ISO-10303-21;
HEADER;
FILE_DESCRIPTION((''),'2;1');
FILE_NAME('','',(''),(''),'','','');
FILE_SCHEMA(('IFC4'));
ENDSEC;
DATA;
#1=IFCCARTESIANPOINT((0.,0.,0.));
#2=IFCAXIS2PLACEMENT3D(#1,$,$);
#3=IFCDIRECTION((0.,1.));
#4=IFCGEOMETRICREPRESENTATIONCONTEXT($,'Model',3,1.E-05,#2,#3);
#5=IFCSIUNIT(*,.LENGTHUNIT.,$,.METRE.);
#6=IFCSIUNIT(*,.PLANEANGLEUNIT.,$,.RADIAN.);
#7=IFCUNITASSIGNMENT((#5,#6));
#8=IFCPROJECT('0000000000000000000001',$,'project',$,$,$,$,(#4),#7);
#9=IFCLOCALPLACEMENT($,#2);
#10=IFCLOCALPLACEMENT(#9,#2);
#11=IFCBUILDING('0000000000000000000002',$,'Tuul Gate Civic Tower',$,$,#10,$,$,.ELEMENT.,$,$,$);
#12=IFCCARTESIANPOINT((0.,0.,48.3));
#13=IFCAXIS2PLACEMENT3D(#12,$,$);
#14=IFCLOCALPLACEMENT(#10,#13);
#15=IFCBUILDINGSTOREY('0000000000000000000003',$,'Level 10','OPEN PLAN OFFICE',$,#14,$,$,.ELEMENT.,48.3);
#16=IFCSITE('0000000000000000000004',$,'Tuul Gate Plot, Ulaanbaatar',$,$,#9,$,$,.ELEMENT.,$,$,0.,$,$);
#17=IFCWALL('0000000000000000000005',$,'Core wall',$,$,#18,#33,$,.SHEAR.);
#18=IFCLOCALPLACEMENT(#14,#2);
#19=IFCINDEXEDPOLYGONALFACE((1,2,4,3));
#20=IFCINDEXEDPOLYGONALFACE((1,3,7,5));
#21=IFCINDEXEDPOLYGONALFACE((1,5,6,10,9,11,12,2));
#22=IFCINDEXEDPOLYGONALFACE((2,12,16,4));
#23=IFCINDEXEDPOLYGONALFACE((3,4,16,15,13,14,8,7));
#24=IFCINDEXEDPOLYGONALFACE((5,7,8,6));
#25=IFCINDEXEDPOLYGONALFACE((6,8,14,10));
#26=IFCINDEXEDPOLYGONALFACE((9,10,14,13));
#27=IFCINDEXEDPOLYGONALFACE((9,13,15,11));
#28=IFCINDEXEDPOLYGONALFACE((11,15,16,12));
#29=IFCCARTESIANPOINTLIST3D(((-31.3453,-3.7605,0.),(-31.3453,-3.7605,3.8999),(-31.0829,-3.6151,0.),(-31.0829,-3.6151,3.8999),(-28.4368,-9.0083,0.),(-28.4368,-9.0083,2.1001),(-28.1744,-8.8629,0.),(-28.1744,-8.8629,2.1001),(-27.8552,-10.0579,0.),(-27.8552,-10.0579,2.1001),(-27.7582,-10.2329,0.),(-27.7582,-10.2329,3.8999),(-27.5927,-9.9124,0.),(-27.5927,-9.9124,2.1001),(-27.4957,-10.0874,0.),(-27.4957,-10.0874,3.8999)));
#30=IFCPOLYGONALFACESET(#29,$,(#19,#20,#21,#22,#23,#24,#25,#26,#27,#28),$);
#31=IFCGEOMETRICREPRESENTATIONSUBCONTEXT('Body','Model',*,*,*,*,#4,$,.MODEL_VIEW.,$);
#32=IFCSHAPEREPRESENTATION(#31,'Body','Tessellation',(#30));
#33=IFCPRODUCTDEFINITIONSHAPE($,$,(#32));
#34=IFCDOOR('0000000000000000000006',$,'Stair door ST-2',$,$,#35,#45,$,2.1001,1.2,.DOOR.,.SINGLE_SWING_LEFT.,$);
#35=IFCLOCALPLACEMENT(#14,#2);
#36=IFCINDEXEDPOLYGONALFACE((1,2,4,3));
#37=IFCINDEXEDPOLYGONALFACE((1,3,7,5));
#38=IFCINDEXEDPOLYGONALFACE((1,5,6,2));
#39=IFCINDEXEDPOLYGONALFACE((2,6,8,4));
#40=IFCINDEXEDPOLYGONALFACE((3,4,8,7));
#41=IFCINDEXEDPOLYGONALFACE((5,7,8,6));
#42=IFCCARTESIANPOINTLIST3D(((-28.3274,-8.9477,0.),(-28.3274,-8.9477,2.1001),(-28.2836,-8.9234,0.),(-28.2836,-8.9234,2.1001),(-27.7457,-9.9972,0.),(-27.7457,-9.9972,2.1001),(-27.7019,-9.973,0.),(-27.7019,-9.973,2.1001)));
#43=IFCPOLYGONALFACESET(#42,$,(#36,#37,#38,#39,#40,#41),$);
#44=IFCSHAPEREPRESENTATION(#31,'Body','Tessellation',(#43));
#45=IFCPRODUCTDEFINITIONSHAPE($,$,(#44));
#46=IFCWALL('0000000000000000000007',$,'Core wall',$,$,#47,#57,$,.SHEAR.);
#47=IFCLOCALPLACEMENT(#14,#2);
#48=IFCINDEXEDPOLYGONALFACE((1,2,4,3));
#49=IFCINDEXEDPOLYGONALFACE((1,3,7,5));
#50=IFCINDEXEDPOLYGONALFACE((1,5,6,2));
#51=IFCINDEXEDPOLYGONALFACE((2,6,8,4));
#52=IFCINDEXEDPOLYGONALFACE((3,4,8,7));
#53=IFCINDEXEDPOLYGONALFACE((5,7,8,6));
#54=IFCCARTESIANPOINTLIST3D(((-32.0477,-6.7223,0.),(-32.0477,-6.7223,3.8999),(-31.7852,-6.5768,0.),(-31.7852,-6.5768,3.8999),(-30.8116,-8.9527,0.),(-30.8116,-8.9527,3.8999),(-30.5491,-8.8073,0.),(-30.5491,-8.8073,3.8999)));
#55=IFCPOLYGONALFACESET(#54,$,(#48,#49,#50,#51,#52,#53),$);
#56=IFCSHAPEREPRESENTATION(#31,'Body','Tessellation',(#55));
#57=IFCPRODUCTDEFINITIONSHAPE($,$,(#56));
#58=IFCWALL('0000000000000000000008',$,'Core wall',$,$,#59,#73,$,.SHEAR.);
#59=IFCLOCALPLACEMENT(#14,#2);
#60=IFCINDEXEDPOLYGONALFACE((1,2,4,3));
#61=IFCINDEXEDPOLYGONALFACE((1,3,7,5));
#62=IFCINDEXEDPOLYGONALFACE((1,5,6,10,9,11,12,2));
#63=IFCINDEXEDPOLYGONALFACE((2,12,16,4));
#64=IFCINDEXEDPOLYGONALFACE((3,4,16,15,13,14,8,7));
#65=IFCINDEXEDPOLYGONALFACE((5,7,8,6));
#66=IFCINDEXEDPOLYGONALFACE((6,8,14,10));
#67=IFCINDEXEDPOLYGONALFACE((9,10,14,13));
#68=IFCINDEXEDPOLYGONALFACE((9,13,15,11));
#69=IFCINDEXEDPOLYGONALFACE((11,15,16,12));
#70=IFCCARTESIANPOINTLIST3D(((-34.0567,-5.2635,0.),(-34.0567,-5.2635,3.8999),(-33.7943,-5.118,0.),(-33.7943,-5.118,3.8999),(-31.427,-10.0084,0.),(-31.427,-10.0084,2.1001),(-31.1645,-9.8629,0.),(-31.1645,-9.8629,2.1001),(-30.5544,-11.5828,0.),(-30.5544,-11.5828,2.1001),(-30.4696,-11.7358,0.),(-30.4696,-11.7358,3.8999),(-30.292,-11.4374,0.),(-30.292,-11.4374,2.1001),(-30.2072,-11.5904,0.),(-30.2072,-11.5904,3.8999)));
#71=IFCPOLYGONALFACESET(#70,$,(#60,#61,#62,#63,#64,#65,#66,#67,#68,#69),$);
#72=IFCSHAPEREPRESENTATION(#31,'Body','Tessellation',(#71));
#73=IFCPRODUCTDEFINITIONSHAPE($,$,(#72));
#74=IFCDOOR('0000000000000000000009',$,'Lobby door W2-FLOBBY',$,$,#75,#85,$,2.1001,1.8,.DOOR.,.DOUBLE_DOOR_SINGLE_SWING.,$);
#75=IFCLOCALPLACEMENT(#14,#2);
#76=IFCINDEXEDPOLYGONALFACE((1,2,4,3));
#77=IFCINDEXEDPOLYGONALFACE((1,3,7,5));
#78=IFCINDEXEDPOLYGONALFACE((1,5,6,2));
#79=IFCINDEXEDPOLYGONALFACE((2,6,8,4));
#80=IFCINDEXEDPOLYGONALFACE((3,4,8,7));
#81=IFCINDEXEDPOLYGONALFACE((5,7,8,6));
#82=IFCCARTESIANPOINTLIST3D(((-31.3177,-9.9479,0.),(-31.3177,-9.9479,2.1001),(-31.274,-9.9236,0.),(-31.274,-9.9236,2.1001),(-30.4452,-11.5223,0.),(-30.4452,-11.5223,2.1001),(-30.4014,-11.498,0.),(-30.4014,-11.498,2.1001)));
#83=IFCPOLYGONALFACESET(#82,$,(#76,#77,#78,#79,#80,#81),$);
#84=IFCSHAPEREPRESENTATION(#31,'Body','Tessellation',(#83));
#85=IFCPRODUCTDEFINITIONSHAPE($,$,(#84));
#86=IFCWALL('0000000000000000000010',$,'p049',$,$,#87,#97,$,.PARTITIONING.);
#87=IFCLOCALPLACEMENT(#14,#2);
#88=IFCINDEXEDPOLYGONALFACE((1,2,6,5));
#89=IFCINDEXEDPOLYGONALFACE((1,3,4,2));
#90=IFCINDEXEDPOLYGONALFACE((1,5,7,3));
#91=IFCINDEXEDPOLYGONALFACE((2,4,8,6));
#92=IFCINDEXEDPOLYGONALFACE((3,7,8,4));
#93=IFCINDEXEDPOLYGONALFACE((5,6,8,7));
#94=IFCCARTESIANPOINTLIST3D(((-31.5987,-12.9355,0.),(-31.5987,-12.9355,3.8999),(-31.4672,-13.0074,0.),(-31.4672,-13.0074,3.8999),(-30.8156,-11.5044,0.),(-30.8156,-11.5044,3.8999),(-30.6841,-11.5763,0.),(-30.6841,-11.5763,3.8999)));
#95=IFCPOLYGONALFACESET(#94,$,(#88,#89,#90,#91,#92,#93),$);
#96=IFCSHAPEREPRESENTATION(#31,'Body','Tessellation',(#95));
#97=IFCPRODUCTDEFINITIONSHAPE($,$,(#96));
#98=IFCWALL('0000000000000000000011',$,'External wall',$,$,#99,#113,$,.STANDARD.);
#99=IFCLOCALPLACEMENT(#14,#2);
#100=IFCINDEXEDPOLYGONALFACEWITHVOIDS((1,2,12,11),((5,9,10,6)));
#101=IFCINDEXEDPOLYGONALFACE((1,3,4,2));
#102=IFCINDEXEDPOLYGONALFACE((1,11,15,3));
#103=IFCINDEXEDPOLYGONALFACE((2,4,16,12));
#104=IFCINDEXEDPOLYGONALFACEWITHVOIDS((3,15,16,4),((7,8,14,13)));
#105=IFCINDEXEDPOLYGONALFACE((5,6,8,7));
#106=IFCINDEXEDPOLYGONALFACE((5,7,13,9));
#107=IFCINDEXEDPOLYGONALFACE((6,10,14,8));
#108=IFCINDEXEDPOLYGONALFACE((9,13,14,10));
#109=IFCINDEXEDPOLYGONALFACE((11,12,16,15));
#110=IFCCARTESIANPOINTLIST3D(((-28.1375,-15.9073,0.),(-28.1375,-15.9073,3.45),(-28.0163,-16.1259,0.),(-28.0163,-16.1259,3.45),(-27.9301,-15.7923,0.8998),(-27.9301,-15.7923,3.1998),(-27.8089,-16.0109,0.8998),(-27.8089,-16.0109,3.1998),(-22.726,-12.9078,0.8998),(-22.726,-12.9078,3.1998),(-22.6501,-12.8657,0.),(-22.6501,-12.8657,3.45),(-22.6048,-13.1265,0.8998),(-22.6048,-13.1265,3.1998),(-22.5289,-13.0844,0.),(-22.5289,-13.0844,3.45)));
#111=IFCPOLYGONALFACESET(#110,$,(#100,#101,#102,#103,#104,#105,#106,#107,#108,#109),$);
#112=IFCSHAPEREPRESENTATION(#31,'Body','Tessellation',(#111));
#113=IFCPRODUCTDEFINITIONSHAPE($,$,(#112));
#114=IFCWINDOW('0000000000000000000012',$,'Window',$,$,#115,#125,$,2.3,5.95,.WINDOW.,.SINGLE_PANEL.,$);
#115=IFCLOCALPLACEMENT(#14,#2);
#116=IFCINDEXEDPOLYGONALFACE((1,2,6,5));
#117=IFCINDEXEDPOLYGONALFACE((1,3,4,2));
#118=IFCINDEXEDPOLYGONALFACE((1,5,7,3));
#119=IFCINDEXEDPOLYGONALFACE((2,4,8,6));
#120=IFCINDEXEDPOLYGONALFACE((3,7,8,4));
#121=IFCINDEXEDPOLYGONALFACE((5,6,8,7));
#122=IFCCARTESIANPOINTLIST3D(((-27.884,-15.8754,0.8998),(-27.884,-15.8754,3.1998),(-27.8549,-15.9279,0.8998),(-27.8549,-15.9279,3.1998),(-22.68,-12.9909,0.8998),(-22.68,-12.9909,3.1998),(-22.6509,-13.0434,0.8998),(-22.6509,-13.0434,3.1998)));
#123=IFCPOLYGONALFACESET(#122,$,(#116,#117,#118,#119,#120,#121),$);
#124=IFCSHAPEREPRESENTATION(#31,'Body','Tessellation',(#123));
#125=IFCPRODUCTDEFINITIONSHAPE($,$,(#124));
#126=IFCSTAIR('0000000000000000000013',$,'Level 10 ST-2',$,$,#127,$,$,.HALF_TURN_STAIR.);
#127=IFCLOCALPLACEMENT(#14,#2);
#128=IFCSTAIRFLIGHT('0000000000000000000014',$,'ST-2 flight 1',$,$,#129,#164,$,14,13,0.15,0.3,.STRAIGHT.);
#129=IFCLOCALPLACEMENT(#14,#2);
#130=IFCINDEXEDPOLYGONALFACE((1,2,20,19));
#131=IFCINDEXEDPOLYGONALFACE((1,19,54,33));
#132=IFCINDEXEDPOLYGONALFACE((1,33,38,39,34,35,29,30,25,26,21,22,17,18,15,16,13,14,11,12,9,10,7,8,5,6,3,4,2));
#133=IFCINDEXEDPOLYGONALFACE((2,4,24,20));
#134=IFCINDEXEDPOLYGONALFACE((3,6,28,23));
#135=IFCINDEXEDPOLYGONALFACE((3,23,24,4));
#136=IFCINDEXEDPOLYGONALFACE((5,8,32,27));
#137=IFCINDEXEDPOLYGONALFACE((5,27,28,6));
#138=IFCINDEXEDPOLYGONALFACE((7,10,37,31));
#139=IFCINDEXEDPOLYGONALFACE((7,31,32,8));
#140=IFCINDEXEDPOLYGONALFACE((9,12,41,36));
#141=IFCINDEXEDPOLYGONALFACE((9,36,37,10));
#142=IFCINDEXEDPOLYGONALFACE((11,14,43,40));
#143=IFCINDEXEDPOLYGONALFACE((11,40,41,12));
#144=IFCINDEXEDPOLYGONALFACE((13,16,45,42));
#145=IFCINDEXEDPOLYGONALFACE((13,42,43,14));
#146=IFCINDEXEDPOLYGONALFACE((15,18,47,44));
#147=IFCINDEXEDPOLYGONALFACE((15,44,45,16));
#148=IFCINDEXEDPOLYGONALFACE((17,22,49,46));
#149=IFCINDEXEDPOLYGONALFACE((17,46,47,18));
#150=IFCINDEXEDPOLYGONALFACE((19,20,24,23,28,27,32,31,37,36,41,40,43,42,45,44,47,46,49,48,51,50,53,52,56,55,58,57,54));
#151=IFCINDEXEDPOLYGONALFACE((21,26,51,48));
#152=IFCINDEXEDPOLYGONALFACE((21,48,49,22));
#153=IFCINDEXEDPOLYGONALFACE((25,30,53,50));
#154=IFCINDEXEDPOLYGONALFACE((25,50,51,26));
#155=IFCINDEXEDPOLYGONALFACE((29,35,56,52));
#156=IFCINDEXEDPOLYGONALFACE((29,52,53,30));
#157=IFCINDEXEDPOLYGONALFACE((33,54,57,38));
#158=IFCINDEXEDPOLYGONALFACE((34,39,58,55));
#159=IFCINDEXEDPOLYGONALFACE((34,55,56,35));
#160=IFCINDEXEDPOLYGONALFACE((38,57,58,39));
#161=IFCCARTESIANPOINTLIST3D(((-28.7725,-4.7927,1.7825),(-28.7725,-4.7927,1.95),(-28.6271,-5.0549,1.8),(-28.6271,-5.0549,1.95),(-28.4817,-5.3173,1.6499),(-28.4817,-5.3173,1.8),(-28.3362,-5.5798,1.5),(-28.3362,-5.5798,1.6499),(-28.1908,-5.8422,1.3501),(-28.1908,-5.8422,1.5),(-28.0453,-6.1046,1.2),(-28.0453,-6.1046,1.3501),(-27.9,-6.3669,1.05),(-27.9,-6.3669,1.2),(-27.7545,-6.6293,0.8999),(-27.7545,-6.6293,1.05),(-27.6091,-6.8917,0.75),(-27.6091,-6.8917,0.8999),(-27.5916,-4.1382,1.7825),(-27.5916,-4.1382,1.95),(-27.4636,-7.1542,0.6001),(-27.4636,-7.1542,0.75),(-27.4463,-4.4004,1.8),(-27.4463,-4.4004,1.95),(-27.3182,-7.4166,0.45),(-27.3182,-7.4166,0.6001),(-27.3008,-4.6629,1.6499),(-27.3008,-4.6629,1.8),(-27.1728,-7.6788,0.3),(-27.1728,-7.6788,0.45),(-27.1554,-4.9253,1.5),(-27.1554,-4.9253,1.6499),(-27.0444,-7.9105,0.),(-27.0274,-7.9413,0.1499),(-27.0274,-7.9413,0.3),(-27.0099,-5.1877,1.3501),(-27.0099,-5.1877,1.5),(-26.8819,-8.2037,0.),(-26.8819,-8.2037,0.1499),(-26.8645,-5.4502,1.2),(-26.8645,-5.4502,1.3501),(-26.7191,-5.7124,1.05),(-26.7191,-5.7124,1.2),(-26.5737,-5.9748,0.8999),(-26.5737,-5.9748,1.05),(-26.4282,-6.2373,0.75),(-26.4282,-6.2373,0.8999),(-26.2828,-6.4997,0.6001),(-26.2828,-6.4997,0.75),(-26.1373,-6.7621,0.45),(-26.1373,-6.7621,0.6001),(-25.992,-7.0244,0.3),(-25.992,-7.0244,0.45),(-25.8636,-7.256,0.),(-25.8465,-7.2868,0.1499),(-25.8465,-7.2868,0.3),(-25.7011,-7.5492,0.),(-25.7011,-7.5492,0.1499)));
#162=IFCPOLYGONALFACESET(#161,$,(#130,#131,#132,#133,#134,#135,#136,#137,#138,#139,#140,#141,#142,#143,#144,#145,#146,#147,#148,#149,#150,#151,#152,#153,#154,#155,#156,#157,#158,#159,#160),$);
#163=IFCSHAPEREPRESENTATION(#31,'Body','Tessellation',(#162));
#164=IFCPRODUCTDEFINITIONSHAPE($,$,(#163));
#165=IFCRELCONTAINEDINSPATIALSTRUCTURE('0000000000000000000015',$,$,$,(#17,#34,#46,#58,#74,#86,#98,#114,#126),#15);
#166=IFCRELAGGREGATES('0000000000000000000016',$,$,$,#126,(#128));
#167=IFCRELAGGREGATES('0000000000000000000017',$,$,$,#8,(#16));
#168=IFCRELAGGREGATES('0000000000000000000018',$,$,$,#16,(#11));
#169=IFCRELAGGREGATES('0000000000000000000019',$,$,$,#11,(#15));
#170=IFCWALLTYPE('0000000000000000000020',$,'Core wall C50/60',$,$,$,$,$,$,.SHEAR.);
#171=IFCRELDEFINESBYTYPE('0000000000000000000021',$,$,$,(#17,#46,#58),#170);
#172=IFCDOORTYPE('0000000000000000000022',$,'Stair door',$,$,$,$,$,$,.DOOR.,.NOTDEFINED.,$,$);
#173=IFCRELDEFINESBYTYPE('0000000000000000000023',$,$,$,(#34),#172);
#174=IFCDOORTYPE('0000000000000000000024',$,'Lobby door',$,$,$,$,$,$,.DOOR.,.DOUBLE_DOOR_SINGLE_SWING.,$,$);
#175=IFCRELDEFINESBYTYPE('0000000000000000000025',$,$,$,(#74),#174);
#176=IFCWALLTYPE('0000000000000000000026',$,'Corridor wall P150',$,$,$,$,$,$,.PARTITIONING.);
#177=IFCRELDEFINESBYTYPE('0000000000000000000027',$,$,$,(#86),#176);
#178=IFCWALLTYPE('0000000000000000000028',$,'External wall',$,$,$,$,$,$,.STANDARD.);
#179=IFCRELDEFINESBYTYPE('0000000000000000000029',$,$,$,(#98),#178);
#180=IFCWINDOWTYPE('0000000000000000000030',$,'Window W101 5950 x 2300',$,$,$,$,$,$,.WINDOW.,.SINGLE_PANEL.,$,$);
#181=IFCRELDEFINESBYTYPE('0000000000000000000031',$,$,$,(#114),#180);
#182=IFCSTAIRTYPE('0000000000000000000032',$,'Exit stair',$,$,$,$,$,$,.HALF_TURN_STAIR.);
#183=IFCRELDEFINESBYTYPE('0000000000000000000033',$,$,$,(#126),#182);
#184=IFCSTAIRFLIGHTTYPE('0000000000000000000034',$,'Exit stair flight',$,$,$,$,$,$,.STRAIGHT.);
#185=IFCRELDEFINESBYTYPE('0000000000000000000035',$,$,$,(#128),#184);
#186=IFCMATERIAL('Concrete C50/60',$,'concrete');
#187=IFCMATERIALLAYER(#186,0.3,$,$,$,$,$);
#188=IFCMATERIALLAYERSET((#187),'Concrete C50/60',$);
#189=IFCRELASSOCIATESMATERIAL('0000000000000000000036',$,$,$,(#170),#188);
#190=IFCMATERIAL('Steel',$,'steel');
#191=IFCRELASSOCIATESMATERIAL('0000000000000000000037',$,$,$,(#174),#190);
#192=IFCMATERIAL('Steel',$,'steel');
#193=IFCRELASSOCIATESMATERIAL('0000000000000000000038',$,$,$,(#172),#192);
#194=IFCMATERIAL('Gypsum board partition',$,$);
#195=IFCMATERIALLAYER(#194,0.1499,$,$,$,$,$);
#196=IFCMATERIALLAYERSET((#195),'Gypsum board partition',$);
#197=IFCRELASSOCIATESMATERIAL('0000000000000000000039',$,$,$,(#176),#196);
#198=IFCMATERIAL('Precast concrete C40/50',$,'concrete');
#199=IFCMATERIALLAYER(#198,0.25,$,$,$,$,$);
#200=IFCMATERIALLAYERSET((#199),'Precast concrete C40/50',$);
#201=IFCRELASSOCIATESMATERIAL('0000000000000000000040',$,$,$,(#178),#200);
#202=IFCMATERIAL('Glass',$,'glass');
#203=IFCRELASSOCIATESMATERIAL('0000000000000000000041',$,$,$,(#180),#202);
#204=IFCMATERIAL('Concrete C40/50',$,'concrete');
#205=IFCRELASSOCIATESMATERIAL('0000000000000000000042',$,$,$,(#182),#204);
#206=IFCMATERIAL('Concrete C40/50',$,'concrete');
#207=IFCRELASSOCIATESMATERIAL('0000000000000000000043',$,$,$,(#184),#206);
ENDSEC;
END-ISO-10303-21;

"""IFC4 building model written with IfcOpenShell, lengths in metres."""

from ifc_helpers import new_model, si_unit, direction, frame, frame_2d, origin, place, context, subcontext, project, spatial, polyline, rectangle, outline, extrude, material, layer, layer_set, type_object, element, fill, aggregate, save


model = new_model("IFC4")

# Units and contexts
model_context = context("Model", 3, precision=1e-05, world=origin(), true_north=direction((0.0, 1.0)))
body_context = subcontext(model_context, "Body", "Model", "MODEL_VIEW")
ifc_project = project(units=[si_unit("LENGTHUNIT", "METRE"), si_unit("PLANEANGLEUNIT", "RADIAN")], contexts=[model_context])

# Site, building, storey
site_placement = place(None, origin())
site = spatial("IfcSite", under=ifc_project, at=site_placement, Name="Tuul Gate Plot, Ulaanbaatar", CompositionType="ELEMENT", RefElevation=0.0)
building_placement = place(site_placement, origin())
building = spatial("IfcBuilding", under=site, at=building_placement, Name="Tuul Gate Civic Tower", CompositionType="ELEMENT")
storey_placement = place(building_placement, frame((0.0, 0.0, 48.3)))
storey = spatial("IfcBuildingStorey", under=building, at=storey_placement, Name="Level 10", Description="OPEN PLAN OFFICE", CompositionType="ELEMENT", Elevation=48.3)

# Shared definitions
ifc_material_1 = material(Name="Concrete C50/60", Category="concrete")
ifc_layer_1 = layer(ifc_material_1, 0.3)
ifc_layer_set_1 = layer_set([ifc_layer_1], Name="Concrete C50/60")
wall_type_1 = type_object("IfcWallType", Name="Core wall C50/60", PredefinedType="SHEAR", material=ifc_layer_set_1)
ifc_material_2 = material(Name="Steel", Category="steel")
door_type_1 = type_object("IfcDoorType", Name="Lobby door", OperationType="DOUBLE_DOOR_SINGLE_SWING", PredefinedType="DOOR", material=ifc_material_2)

# Wall, opening, door
wall_1_placement = place(storey_placement, frame((-27.627, -10.1602, 0.0), z_axis=(0.0, 0.0, 1.0), x_axis=(-0.484752, 0.874652, 0.0)))
wall_1 = element("IfcWall", 1, at=wall_1_placement, inside=storey, type_object=wall_type_1, Name="Core wall", PredefinedType="SHEAR", context=body_context, shape_type="SweptSolid", body=[
    extrude(rectangle(XDim=7.3999, YDim=0.3, at=frame_2d((3.7, 0.0))), origin(), (0.0, 0.0, 1.0), 3.8999),
])
opening_1_placement = place(wall_1_placement, frame((0.2, 0.0, 0.0)))
opening_1 = element("IfcOpeningElement", 2, at=opening_1_placement, cuts=wall_1, PredefinedType="OPENING", context=body_context, shape_type="SweptSolid", body=[
    extrude(rectangle(XDim=1.2, YDim=2.1001, at=frame_2d((0.6001, 1.05))), frame((0.0, 0.1602, 0.0), z_axis=(0.0, -1.0, 0.0), x_axis=(1.0, 0.0, 0.0)), (0.0, 0.0, 1.0), 0.3201),
])
ifc_material_3 = material(Name="Steel", Category="steel")
door_type_2 = type_object("IfcDoorType", Name="Stair door", OperationType="NOTDEFINED", PredefinedType="DOOR", material=ifc_material_3)
door_1_placement = place(opening_1_placement, origin())
door_1 = element("IfcDoor", 3, at=door_1_placement, inside=storey, type_object=door_type_2, Name="Stair door ST-2", OperationType="SINGLE_SWING_LEFT", OverallHeight=2.1001, OverallWidth=1.2, PredefinedType="DOOR", context=body_context, shape_type="SweptSolid", body=[
    extrude(rectangle(XDim=1.2, YDim=2.1001, at=frame_2d((0.6001, 1.05))), frame((0.0, 0.0249, 0.0), z_axis=(0.0, -1.0, 0.0), x_axis=(1.0, 0.0, 0.0)), (0.0, 0.0, 1.0), 0.05),
])
fill(opening_1, door_1)

# Wall
wall_2_placement = place(storey_placement, frame((-30.6804, -8.8799, 0.0), z_axis=(0.0, 0.0, 1.0), x_axis=(-0.484724, 0.874667, 0.0)))
element("IfcWall", 4, at=wall_2_placement, inside=storey, type_object=wall_type_1, Name="Core wall", PredefinedType="SHEAR", context=body_context, shape_type="SweptSolid", body=[
    extrude(rectangle(XDim=2.55, YDim=0.3, at=frame_2d((1.2749, 0.0))), origin(), (0.0, 0.0, 1.0), 3.8999),
])

# Wall, opening, door
wall_3_placement = place(storey_placement, frame((-30.3384, -11.6631, 0.0), z_axis=(0.0, 0.0, 1.0), x_axis=(-0.484752, 0.874652, 0.0)))
wall_3 = element("IfcWall", 5, at=wall_3_placement, inside=storey, type_object=wall_type_1, Name="Core wall", PredefinedType="SHEAR", context=body_context, shape_type="SweptSolid", body=[
    extrude(rectangle(XDim=7.3999, YDim=0.3, at=frame_2d((3.7, 0.0))), origin(), (0.0, 0.0, 1.0), 3.8999),
])
opening_2_placement = place(wall_3_placement, frame((0.175, 0.0, 0.0)))
opening_2 = element("IfcOpeningElement", 6, at=opening_2_placement, cuts=wall_3, PredefinedType="OPENING", context=body_context, shape_type="SweptSolid", body=[
    extrude(rectangle(XDim=1.8, YDim=2.1001, at=frame_2d((0.8999, 1.05))), frame((0.0, 0.1602, 0.0), z_axis=(0.0, -1.0, 0.0), x_axis=(1.0, 0.0, 0.0)), (0.0, 0.0, 1.0), 0.3201),
])
door_2_placement = place(opening_2_placement, frame((1.8, 0.0, 0.0), z_axis=(0.0, 0.0, 1.0), x_axis=(-1.0, 0.0, 0.0)))
door_2 = element("IfcDoor", 7, at=door_2_placement, inside=storey, type_object=door_type_1, Name="Lobby door W2-FLOBBY", OperationType="DOUBLE_DOOR_SINGLE_SWING", OverallHeight=2.1001, OverallWidth=1.8, PredefinedType="DOOR", context=body_context, shape_type="SweptSolid", body=[
    extrude(rectangle(XDim=1.8, YDim=2.1001, at=frame_2d((0.9001, 1.05))), frame((0.0, 0.0249, 0.0), z_axis=(0.0, -1.0, 0.0), x_axis=(1.0, 0.0, 0.0)), (0.0, 0.0, 1.0), 0.05),
])
fill(opening_2, door_2)

# Wall
ifc_material_4 = material(Name="Gypsum board partition")
ifc_layer_2 = layer(ifc_material_4, 0.1499)
ifc_layer_set_2 = layer_set([ifc_layer_2], Name="Gypsum board partition")
wall_type_2 = type_object("IfcWallType", Name="Corridor wall P150", PredefinedType="PARTITIONING", material=ifc_layer_set_2)
wall_4_placement = place(storey_placement, frame((-31.533, -12.9714, 0.0), z_axis=(0.0, 0.0, 1.0), x_axis=(0.480068, 0.877231, 0.0)))
element("IfcWall", 8, at=wall_4_placement, inside=storey, type_object=wall_type_2, Name="p049", PredefinedType="PARTITIONING", context=body_context, shape_type="SweptSolid", body=[
    extrude(rectangle(XDim=1.6313, YDim=0.1499, at=frame_2d((0.8157, 0.0))), origin(), (0.0, 0.0, 1.0), 3.8999),
])

# Wall, opening, window
ifc_material_5 = material(Name="Precast concrete C40/50", Category="concrete")
ifc_layer_3 = layer(ifc_material_5, 0.25)
ifc_layer_set_3 = layer_set([ifc_layer_3], Name="Precast concrete C40/50")
wall_type_3 = type_object("IfcWallType", Name="External wall", PredefinedType="STANDARD", material=ifc_layer_set_3)
wall_5_placement = place(storey_placement, frame((-28.0769, -16.0166, 0.0), z_axis=(0.0, 0.0, 1.0), x_axis=(0.87463, 0.48479, 0.0)))
wall_5 = element("IfcWall", 9, at=wall_5_placement, inside=storey, type_object=wall_type_3, Name="External wall", PredefinedType="STANDARD", context=body_context, shape_type="SweptSolid", body=[
    extrude(rectangle(XDim=6.2739, YDim=0.25, at=frame_2d((3.137, 0.0))), origin(), (0.0, 0.0, 1.0), 3.45),
])
opening_3_placement = place(wall_5_placement, frame((0.2371, 0.0, 0.8999)))
opening_3 = element("IfcOpeningElement", 10, at=opening_3_placement, cuts=wall_5, PredefinedType="OPENING", context=body_context, shape_type="SweptSolid", body=[
    extrude(rectangle(XDim=5.95, YDim=2.3, at=frame_2d((2.9751, 1.1499))), frame((0.0, 0.135, 0.0), z_axis=(0.0, -1.0, 0.0), x_axis=(1.0, 0.0, 0.0)), (0.0, 0.0, 1.0), 0.27),
])
ifc_material_6 = material(Name="Glass", Category="glass")
window_type = type_object("IfcWindowType", Name="Window W101 5950 x 2300", PartitioningType="SINGLE_PANEL", PredefinedType="WINDOW", material=ifc_material_6)
window_placement = place(opening_3_placement, origin())
window = element("IfcWindow", 11, at=window_placement, inside=storey, type_object=window_type, Name="Window", OverallHeight=2.3, OverallWidth=5.95, PartitioningType="SINGLE_PANEL", PredefinedType="WINDOW", context=body_context, shape_type="SweptSolid", body=[
    extrude(rectangle(XDim=5.95, YDim=2.3, at=frame_2d((2.9751, 1.1499))), frame((0.0, 0.03, 0.0), z_axis=(0.0, -1.0, 0.0), x_axis=(1.0, 0.0, 0.0)), (0.0, 0.0, 1.0), 0.0601),
])
fill(opening_3, window)

# Stair, stair flight
ifc_material_7 = material(Name="Concrete C40/50", Category="concrete")
stair_type = type_object("IfcStairType", Name="Exit stair", PredefinedType="HALF_TURN_STAIR", material=ifc_material_7)
stair_placement = place(storey_placement, origin())
stair = element("IfcStair", 12, at=stair_placement, inside=storey, type_object=stair_type, Name="Level 10 ST-2", PredefinedType="HALF_TURN_STAIR")
ifc_material_8 = material(Name="Concrete C40/50", Category="concrete")
stair_flight_type = type_object("IfcStairFlightType", Name="Exit stair flight", PredefinedType="STRAIGHT", material=ifc_material_8)
stair_flight_placement = place(storey_placement, frame((-26.2915, -7.8765, 0.0), z_axis=(0.0, 0.0, 1.0), x_axis=(-0.484762, 0.874646, 0.0)))
stair_flight = element("IfcStairFlight", 13, at=stair_flight_placement, type_object=stair_flight_type, Name="ST-2 flight 1", NumberOfRisers=14, NumberOfTreads=13, PredefinedType="STRAIGHT", RiserHeight=0.15, TreadLength=0.3, context=body_context, shape_type="SweptSolid", body=[
    extrude(outline(polyline([(0.0, 0.0), (0.0, 0.1499), (0.3, 0.1499), (0.3, 0.3), (0.6001, 0.3), (0.6001, 0.45), (0.8999, 0.45), (0.8999, 0.6001), (1.2, 0.6001), (1.2, 0.75), (1.5, 0.75), (1.5, 0.8999), (1.8, 0.8999), (1.8, 1.05), (2.1001, 1.05), (2.1001, 1.2), (2.3999, 1.2), (2.3999, 1.3501), (2.7, 1.3501), (2.7, 1.5), (3.0, 1.5), (3.0, 1.6499), (3.3, 1.6499), (3.3, 1.8), (3.6001, 1.8), (3.6001, 1.95), (3.8999, 1.95), (3.8999, 2.1001), (3.8999, 1.7825), (0.3352, 0.0), (0.0, 0.0)])), frame((0.0, 0.675, 0.0), z_axis=(0.0, -1.0, 0.0), x_axis=(1.0, 0.0, 0.0)), (0.0, 0.0, 1.0), 1.3501),
])
aggregate(stair, [stair_flight])

save(model, "model.ifc")
